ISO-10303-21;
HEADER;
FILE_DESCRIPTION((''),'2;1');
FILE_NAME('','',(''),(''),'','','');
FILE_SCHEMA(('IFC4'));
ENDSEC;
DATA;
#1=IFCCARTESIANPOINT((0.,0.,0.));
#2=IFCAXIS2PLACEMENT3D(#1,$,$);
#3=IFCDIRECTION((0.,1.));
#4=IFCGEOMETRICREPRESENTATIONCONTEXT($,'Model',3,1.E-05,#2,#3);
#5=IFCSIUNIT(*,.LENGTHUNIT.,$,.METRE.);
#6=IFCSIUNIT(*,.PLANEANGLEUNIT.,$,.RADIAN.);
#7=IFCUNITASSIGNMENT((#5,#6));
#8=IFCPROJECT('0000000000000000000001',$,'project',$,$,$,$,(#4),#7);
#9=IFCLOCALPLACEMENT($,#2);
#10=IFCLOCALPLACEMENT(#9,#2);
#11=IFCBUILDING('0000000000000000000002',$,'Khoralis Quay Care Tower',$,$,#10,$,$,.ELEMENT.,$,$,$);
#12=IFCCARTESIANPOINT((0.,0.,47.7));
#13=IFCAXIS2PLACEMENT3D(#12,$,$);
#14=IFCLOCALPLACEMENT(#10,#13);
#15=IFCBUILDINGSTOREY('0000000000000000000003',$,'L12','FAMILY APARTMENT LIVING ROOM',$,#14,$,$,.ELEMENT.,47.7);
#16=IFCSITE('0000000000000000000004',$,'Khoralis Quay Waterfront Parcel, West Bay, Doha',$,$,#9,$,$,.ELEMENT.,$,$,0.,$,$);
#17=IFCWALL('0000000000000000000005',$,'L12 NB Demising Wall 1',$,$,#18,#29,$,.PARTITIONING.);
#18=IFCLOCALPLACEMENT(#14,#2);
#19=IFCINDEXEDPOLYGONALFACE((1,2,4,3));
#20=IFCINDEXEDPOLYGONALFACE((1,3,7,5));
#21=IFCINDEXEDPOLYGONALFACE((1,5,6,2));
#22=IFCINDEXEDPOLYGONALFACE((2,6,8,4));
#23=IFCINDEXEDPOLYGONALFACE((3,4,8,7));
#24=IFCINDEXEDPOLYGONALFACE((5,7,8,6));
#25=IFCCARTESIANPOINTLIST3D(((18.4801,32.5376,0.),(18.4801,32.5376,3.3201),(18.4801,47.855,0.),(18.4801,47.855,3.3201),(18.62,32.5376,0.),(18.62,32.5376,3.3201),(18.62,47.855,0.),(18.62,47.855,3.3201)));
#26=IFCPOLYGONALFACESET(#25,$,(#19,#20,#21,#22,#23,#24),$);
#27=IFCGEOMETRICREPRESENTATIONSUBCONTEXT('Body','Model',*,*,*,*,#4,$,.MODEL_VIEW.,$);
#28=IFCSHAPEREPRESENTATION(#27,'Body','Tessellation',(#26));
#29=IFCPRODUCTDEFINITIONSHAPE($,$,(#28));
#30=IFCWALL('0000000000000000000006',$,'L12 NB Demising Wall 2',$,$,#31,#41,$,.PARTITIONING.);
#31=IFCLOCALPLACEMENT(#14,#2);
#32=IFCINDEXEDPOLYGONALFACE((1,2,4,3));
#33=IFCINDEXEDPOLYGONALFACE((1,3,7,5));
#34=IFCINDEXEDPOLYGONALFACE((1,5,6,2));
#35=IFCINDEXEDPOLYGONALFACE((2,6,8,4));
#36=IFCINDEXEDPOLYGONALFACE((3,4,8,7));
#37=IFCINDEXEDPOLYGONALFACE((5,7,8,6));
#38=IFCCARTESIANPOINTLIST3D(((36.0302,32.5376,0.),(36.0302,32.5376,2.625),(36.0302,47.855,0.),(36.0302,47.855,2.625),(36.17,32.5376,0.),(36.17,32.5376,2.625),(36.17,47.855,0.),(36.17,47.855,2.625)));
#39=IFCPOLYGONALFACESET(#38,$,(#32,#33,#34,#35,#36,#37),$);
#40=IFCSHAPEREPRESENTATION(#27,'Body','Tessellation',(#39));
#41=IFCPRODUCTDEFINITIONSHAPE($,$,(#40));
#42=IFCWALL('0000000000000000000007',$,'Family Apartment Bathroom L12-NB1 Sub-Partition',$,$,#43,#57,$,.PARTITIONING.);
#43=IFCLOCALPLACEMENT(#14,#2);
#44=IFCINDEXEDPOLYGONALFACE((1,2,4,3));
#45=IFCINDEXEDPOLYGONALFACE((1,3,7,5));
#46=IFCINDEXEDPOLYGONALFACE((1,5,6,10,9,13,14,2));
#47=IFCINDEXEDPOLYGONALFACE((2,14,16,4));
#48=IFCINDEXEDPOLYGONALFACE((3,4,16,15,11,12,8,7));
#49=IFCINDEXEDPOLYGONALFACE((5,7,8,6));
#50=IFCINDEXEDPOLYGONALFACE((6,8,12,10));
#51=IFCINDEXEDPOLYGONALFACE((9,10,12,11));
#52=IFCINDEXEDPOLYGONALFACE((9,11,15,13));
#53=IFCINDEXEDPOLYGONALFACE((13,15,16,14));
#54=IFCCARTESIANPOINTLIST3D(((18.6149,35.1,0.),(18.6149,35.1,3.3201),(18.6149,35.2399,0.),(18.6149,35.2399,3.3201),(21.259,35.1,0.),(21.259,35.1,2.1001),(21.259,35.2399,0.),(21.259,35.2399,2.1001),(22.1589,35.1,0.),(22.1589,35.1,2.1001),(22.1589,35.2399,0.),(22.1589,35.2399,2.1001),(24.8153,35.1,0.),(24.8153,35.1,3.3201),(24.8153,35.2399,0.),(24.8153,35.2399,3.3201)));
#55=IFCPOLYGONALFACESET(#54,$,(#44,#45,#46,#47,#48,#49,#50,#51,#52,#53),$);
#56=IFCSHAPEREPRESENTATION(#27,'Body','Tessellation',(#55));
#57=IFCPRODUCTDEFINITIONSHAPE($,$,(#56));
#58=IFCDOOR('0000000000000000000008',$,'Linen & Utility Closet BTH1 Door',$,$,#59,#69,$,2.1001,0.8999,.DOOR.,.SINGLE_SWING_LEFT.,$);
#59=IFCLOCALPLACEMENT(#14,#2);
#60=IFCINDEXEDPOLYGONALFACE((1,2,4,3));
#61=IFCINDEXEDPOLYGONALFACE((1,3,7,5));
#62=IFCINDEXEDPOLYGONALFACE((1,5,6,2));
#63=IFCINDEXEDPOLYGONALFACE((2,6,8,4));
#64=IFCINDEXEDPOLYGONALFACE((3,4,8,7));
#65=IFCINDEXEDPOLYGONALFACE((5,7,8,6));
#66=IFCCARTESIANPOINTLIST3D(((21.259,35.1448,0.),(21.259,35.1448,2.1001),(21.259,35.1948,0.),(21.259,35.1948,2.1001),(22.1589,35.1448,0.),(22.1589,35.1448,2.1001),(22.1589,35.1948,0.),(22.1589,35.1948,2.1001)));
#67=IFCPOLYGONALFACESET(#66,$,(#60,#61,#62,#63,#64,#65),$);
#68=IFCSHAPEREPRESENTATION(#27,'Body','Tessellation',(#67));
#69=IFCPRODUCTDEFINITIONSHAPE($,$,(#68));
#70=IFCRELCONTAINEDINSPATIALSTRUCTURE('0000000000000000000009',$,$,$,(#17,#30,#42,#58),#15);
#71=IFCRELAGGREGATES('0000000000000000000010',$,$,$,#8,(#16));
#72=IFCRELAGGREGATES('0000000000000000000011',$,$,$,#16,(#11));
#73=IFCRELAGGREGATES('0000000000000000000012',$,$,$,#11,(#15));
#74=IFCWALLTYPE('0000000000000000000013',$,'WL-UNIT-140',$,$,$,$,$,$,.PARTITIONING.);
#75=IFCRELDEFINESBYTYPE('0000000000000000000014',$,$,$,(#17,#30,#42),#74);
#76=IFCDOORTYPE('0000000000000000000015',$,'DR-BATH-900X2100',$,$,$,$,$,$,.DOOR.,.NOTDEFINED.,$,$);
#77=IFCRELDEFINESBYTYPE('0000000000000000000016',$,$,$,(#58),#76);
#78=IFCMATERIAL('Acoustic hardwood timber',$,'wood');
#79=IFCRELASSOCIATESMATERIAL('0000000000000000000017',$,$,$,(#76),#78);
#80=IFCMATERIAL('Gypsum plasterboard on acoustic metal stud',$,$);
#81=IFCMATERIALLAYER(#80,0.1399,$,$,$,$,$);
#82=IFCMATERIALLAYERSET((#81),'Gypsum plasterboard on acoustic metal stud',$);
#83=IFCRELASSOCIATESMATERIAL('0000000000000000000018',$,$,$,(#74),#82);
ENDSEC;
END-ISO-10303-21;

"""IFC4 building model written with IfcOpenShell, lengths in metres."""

from ifc_helpers import new_model, si_unit, direction, frame, frame_2d, origin, place, context, subcontext, project, spatial, rectangle, extrude, source, transform, mapped, material, layer, layer_set, type_object, element, fill, save


model = new_model("IFC4")

# Units and contexts
model_context = context("Model", 3, precision=1e-05, world=origin(), true_north=direction((0.0, 1.0)))
body_context = subcontext(model_context, "Body", "Model", "MODEL_VIEW")
ifc_project = project(units=[si_unit("LENGTHUNIT", "METRE"), si_unit("PLANEANGLEUNIT", "RADIAN")], contexts=[model_context])

# Site, building, storey
site_placement = place(None, origin())
site = spatial("IfcSite", under=ifc_project, at=site_placement, Name="Khoralis Quay Waterfront Parcel, West Bay, Doha", CompositionType="ELEMENT", RefElevation=0.0)
building_placement = place(site_placement, origin())
building = spatial("IfcBuilding", under=site, at=building_placement, Name="Khoralis Quay Care Tower", CompositionType="ELEMENT")
storey_placement = place(building_placement, frame((0.0, 0.0, 47.7)))
storey = spatial("IfcBuildingStorey", under=building, at=storey_placement, Name="L12", Description="FAMILY APARTMENT LIVING ROOM", CompositionType="ELEMENT", Elevation=47.7)

# Shared definitions
ifc_material_1 = material(Name="Gypsum plasterboard on acoustic metal stud")

# Shared definitions
ifc_material_2 = material(Name="Acoustic hardwood timber", Category="wood")
door_type_1 = type_object("IfcDoorType", Name="DR-BATH-900X2100", OperationType="NOTDEFINED", PredefinedType="DOOR", material=ifc_material_2)
shared_shape_1 = source(origin(), body_context, "Body", "SweptSolid", [
    extrude(rectangle(XDim=0.8999, YDim=2.1001, at=frame_2d((0.45, 1.05))), frame((0.0, 0.0249, 0.0), z_axis=(0.0, -1.0, 0.0), x_axis=(1.0, 0.0, 0.0)), (0.0, 0.0, 1.0), 0.05),
])

# Walls
ifc_layer_1 = layer(ifc_material_1, 0.1399)
ifc_layer_set_1 = layer_set([ifc_layer_1], Name="Gypsum plasterboard on acoustic metal stud")
wall_type_1 = type_object("IfcWallType", Name="WL-UNIT-140", PredefinedType="PARTITIONING", material=ifc_layer_set_1)
wall_1_placement = place(storey_placement, frame((18.55, 32.5376, 0.0), z_axis=(0.0, 0.0, 1.0), x_axis=(0.0, 1.0, 0.0)))
element("IfcWall", 1, at=wall_1_placement, inside=storey, type_object=wall_type_1, Name="L12 NB Demising Wall 1", PredefinedType="PARTITIONING", context=body_context, shape_type="SweptSolid", body=[
    extrude(rectangle(XDim=15.3174, YDim=0.1399, at=frame_2d((7.6587, 0.0))), origin(), (0.0, 0.0, 1.0), 3.3201),
])
wall_2_placement = place(storey_placement, frame((36.1001, 32.5376, 0.0), z_axis=(0.0, 0.0, 1.0), x_axis=(0.0, 1.0, 0.0)))
element("IfcWall", 2, at=wall_2_placement, inside=storey, type_object=wall_type_1, Name="L12 NB Demising Wall 2", PredefinedType="PARTITIONING", context=body_context, shape_type="SweptSolid", body=[
    extrude(rectangle(XDim=15.3174, YDim=0.1399, at=frame_2d((7.6587, 0.0))), origin(), (0.0, 0.0, 1.0), 2.625),
])

# Wall, opening, door
wall_3_placement = place(storey_placement, frame((18.615, 35.1699, 0.0), z_axis=(0.0, 0.0, 1.0), x_axis=(1.0, 0.0, 0.0)))
wall_3 = element("IfcWall", 3, at=wall_3_placement, inside=storey, type_object=wall_type_1, Name="Family Apartment Bathroom L12-NB1 Sub-Partition", PredefinedType="PARTITIONING", context=body_context, shape_type="SweptSolid", body=[
    extrude(rectangle(XDim=6.2004, YDim=0.1399, at=frame_2d((3.1001, 0.0))), origin(), (0.0, 0.0, 1.0), 3.3201),
])
opening_1_placement = place(wall_3_placement, frame((2.644, 0.0, 0.0)))
opening_1 = element("IfcOpeningElement", 4, at=opening_1_placement, cuts=wall_3, PredefinedType="OPENING", context=body_context, shape_type="SweptSolid", body=[
    extrude(rectangle(XDim=0.8999, YDim=2.1001, at=frame_2d((0.45, 1.05))), frame((0.0, 0.0801, 0.0), z_axis=(0.0, -1.0, 0.0), x_axis=(1.0, 0.0, 0.0)), (0.0, 0.0, 1.0), 0.1599),
])
door_1_placement = place(opening_1_placement, origin())
door_1 = element("IfcDoor", 5, at=door_1_placement, inside=storey, type_object=door_type_1, Name="Linen & Utility Closet BTH1 Door", OperationType="SINGLE_SWING_LEFT", OverallHeight=2.1001, OverallWidth=0.8999, PredefinedType="DOOR", context=body_context, shape_type="MappedRepresentation", body=[
    mapped(shared_shape_1, transform((0.0, 0.0, 0.0), scale=1.0)),
])
fill(opening_1, door_1)

save(model, "model.ifc")
